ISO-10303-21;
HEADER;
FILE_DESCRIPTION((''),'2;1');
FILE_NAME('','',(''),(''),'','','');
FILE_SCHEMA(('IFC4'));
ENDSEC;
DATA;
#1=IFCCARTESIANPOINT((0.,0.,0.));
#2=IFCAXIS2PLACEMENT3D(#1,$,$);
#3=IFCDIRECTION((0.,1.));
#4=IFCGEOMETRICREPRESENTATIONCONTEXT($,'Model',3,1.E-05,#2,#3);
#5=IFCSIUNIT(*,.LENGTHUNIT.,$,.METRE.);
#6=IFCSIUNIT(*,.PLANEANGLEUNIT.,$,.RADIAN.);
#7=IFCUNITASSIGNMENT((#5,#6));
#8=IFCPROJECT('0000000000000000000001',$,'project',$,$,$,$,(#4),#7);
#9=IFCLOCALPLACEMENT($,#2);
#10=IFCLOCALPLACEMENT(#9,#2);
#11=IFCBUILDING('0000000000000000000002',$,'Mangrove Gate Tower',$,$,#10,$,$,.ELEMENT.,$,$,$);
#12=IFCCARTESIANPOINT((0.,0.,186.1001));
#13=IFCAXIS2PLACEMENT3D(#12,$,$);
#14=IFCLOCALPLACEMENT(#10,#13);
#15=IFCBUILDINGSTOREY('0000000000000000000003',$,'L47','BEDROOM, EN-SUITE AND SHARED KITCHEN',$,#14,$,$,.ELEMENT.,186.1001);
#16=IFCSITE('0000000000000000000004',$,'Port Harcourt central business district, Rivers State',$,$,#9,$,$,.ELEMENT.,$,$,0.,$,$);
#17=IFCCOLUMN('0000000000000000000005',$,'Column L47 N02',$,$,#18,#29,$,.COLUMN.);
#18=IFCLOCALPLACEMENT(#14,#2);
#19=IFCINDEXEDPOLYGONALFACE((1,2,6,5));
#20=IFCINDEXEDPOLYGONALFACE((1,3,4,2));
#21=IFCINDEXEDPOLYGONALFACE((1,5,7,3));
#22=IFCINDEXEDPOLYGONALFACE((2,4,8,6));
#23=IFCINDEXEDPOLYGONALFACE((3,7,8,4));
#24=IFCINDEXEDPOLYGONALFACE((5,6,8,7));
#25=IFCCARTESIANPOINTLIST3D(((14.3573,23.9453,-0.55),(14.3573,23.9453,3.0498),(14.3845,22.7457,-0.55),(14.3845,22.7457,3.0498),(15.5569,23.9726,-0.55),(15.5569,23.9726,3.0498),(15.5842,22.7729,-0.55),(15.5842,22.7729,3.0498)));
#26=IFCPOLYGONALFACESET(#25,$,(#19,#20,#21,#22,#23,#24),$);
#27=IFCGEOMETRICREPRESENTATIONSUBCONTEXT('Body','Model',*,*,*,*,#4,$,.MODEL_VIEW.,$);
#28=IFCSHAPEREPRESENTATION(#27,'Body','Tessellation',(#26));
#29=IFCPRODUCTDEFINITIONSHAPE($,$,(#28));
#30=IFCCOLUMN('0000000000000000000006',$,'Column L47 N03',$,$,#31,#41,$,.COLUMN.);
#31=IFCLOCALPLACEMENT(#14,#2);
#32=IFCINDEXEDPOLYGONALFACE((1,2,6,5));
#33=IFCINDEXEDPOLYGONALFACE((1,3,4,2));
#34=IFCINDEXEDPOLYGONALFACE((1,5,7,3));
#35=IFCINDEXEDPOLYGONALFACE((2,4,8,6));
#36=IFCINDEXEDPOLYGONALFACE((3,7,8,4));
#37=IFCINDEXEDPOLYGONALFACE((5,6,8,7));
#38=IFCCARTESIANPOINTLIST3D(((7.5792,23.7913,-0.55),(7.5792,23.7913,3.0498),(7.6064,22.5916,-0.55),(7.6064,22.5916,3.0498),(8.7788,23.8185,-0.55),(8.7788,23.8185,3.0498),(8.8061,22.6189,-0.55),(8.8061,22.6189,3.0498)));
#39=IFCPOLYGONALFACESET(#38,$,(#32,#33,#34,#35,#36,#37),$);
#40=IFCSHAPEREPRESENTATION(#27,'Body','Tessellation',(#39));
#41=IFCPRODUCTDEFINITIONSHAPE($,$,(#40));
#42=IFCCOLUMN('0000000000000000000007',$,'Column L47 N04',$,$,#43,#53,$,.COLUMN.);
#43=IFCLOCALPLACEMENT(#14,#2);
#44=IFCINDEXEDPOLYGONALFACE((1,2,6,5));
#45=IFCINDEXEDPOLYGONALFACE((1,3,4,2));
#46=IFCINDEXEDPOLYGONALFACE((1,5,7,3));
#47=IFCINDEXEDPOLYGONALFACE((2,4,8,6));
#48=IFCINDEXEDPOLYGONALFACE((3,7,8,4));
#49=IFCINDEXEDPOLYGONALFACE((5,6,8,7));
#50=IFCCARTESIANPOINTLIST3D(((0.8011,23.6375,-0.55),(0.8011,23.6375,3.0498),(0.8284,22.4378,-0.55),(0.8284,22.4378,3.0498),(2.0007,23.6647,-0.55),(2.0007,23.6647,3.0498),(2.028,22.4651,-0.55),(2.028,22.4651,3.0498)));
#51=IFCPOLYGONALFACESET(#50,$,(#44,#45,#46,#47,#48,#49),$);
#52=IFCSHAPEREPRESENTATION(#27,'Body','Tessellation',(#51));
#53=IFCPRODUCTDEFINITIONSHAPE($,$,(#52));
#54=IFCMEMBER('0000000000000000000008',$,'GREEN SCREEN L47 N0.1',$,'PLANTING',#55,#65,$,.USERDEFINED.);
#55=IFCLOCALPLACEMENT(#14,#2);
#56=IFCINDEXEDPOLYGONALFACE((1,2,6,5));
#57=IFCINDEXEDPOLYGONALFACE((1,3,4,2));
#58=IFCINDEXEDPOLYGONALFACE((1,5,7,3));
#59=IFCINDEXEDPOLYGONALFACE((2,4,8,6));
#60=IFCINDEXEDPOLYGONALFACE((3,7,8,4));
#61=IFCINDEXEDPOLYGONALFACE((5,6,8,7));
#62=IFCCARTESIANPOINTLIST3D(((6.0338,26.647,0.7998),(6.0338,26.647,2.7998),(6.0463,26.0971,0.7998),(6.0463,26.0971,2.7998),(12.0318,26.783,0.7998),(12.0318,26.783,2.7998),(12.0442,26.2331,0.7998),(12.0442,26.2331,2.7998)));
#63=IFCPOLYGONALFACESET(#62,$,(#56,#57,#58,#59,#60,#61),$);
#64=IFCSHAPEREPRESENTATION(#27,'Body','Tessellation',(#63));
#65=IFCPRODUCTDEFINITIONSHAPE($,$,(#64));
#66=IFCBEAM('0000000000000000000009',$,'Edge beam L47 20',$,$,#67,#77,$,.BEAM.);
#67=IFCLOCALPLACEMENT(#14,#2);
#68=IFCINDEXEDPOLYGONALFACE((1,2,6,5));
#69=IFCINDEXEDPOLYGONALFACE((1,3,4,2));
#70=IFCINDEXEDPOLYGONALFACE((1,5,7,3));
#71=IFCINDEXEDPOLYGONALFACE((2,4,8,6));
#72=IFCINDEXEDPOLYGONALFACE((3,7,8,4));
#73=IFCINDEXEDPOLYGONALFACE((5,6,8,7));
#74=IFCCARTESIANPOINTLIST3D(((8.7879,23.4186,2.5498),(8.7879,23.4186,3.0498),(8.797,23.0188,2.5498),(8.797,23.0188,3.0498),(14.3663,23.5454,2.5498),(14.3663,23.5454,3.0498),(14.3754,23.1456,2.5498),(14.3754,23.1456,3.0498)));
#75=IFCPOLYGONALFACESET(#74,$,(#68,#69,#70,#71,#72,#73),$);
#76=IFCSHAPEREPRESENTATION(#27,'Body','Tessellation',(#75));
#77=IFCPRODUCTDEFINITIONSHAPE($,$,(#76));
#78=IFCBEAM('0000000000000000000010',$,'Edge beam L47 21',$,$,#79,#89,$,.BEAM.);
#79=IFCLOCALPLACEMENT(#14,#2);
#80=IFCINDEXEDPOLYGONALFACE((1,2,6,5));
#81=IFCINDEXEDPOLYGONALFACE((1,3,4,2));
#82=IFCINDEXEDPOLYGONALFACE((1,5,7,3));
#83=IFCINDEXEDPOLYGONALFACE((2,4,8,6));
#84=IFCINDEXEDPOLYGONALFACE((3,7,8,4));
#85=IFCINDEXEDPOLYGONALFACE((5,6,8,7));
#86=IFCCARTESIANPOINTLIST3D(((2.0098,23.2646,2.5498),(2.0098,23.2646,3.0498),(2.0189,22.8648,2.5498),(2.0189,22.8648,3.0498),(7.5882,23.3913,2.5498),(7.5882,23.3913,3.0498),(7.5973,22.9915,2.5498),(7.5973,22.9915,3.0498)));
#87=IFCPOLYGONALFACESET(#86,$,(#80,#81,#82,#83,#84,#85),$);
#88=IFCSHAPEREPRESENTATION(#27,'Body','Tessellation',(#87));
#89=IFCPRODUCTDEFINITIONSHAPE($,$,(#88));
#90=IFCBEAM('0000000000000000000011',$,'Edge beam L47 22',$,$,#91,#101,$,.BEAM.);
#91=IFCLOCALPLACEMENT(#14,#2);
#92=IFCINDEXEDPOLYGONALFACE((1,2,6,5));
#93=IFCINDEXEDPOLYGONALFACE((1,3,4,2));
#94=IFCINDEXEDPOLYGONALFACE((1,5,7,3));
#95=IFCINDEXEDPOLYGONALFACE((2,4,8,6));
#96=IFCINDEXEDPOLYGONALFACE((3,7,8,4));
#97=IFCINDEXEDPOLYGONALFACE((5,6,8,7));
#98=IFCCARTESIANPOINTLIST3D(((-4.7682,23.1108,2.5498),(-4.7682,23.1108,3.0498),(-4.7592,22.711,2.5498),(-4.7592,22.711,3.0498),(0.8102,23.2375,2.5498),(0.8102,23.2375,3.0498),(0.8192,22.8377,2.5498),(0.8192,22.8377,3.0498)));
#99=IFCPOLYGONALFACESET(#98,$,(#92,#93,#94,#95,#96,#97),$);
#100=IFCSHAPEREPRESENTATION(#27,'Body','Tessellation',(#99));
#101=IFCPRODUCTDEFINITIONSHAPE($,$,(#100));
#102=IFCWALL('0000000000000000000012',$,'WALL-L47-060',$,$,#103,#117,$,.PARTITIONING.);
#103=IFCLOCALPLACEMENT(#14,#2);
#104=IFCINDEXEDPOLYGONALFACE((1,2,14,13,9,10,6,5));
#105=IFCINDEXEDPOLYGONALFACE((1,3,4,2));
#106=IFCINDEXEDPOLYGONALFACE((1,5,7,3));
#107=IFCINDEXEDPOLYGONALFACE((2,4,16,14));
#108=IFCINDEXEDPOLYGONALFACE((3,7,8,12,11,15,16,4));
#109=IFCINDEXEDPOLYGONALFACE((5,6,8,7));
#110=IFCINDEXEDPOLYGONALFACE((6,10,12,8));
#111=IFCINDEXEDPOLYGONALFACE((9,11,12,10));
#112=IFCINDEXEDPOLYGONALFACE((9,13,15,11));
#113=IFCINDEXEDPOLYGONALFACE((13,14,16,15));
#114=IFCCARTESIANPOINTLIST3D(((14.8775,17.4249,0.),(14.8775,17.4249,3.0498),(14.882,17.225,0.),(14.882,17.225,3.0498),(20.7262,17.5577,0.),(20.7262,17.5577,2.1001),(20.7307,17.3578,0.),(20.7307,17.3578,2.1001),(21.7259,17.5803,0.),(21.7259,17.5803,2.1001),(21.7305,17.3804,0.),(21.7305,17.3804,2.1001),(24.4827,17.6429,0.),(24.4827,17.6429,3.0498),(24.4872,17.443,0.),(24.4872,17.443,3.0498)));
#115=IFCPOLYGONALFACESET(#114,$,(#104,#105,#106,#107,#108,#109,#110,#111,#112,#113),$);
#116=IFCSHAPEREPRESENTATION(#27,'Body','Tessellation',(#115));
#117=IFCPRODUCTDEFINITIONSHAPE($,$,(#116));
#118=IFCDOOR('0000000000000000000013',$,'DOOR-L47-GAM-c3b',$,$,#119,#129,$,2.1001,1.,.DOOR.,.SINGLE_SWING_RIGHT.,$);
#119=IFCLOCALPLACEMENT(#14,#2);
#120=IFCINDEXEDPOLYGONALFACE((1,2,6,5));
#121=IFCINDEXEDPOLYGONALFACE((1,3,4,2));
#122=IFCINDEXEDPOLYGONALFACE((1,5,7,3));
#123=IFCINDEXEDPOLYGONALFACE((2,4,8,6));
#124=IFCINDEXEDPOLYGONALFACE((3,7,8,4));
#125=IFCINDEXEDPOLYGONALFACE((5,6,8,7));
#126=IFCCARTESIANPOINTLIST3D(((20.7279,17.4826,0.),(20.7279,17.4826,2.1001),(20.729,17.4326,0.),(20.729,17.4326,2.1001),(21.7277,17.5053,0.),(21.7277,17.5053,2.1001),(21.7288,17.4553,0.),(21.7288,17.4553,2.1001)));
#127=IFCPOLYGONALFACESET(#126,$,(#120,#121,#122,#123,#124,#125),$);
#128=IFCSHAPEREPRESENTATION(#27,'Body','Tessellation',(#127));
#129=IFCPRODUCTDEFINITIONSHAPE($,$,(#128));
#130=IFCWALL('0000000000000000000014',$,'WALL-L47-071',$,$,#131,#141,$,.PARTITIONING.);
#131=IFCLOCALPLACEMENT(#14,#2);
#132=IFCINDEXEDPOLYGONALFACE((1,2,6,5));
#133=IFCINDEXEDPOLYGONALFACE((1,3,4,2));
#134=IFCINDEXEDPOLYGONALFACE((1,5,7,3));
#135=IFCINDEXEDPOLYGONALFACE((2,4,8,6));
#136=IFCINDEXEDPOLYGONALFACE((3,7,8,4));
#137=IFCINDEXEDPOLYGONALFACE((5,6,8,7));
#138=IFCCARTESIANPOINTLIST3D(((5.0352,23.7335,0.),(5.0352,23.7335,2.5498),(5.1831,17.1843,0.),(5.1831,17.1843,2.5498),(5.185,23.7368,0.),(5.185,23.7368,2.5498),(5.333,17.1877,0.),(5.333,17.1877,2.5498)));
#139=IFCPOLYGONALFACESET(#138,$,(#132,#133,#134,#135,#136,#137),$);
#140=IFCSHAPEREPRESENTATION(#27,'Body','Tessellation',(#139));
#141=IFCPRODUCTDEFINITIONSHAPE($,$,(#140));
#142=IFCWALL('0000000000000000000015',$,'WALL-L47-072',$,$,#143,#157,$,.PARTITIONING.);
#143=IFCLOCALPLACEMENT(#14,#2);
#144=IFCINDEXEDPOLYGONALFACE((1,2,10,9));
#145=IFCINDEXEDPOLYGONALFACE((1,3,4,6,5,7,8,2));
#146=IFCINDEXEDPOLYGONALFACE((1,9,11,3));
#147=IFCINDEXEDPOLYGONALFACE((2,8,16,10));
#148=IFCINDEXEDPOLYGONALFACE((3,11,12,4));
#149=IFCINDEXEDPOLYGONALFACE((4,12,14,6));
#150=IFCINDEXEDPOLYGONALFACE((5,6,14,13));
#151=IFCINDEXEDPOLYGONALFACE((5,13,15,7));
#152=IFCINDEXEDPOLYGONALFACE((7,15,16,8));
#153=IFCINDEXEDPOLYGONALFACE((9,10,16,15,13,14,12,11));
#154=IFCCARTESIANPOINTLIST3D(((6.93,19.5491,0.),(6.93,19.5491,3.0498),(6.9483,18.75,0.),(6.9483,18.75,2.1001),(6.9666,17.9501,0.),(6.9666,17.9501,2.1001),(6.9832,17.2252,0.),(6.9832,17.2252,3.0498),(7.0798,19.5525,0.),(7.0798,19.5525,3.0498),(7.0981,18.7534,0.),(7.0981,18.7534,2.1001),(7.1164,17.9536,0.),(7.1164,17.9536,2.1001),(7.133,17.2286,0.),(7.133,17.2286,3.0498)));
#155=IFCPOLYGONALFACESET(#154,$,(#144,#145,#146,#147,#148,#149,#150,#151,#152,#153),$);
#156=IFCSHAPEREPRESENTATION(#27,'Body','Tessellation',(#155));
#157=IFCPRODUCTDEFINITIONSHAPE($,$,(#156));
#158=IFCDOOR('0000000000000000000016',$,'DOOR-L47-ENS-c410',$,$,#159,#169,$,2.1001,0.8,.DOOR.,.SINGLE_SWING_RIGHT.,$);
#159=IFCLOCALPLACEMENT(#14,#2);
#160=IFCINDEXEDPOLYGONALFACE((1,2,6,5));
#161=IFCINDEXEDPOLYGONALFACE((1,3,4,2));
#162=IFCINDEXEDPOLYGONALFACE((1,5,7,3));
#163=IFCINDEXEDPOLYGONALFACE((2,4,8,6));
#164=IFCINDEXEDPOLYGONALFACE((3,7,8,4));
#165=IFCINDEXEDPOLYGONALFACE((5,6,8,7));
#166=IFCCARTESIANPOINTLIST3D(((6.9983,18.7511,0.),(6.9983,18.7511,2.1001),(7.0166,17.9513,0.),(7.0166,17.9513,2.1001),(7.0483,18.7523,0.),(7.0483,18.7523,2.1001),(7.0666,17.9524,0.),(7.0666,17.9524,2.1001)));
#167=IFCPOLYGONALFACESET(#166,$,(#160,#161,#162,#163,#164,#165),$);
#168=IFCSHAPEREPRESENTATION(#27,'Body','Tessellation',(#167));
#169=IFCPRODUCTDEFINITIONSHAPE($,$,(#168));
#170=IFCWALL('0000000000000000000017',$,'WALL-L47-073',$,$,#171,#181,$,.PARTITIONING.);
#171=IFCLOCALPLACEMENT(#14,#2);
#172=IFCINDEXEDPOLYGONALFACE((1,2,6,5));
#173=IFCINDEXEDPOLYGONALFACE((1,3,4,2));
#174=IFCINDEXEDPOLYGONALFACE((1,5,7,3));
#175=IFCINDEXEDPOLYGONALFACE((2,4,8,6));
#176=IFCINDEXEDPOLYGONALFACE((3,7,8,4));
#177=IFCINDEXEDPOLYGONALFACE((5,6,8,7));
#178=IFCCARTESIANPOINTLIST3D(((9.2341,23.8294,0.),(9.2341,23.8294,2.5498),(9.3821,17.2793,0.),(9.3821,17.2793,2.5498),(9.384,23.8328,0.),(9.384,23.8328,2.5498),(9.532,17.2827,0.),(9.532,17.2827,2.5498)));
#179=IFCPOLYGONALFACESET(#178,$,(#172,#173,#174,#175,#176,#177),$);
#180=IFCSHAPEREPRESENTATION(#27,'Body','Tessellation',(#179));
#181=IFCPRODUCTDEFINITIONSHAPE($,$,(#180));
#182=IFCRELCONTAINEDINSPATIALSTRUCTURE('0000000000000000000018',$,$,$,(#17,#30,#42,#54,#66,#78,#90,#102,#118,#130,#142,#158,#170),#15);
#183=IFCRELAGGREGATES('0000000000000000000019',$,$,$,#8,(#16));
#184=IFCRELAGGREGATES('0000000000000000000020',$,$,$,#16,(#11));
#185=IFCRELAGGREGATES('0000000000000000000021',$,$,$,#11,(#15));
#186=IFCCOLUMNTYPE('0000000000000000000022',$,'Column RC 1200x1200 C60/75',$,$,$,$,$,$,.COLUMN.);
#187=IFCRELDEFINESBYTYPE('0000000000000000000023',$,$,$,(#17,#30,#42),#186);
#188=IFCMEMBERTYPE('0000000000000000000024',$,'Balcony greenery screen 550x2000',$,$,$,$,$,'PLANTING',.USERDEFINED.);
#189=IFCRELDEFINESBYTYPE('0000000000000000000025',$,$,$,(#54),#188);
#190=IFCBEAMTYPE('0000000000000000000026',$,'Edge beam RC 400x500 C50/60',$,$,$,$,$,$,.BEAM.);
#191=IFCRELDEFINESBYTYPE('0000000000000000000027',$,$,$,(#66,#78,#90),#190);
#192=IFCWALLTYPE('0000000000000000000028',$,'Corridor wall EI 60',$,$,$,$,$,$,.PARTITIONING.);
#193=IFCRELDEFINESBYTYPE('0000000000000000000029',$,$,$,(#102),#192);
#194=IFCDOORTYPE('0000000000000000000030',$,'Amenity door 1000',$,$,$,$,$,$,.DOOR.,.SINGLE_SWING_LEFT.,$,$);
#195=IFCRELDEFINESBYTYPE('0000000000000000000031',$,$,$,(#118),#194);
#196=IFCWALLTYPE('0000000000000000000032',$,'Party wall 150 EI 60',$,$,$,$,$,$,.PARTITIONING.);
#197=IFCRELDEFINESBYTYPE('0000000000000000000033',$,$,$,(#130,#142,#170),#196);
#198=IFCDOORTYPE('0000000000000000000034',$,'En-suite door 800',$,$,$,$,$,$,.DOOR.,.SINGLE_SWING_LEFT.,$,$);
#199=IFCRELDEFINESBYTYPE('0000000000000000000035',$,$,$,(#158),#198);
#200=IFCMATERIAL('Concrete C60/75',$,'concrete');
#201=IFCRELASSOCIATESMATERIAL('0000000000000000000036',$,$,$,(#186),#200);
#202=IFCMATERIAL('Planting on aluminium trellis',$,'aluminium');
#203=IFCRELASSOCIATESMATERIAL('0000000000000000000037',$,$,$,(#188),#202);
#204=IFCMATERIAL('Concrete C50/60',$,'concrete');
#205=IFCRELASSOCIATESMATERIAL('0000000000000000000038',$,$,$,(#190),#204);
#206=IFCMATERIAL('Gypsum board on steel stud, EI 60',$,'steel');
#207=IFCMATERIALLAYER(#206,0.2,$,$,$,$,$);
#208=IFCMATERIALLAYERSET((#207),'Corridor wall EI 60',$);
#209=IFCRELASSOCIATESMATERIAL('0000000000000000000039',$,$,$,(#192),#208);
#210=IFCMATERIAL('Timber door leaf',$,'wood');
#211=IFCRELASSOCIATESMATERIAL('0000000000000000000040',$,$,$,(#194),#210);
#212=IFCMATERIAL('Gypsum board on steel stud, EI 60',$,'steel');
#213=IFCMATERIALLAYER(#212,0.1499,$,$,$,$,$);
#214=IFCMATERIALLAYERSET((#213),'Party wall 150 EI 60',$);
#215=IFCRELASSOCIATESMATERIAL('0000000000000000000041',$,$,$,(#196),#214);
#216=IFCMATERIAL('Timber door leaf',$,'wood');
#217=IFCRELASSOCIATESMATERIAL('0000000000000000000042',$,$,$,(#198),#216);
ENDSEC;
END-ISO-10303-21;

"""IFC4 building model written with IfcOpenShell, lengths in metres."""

from ifc_helpers import new_model, si_unit, direction, frame, frame_2d, origin, origin_2d, place, context, subcontext, project, spatial, rectangle, extrude, material, layer, layer_set, material_profile, profile_set, type_object, element, fill, save


model = new_model("IFC4")

# Units and contexts
model_context = context("Model", 3, precision=1e-05, world=origin(), true_north=direction((0.0, 1.0)))
body_context = subcontext(model_context, "Body", "Model", "MODEL_VIEW")
ifc_project = project(units=[si_unit("LENGTHUNIT", "METRE"), si_unit("PLANEANGLEUNIT", "RADIAN")], contexts=[model_context])

# Site, building, storey
site_placement = place(None, origin())
site = spatial("IfcSite", under=ifc_project, at=site_placement, Name="Port Harcourt central business district, Rivers State", CompositionType="ELEMENT", RefElevation=0.0)
building_placement = place(site_placement, origin())
building = spatial("IfcBuilding", under=site, at=building_placement, Name="Mangrove Gate Tower", CompositionType="ELEMENT")
storey_placement = place(building_placement, frame((0.0, 0.0, 186.1001)))
storey = spatial("IfcBuildingStorey", under=building, at=storey_placement, Name="L47", Description="BEDROOM, EN-SUITE AND SHARED KITCHEN", CompositionType="ELEMENT", Elevation=186.1001)

# Columns
ifc_material_1 = material(Name="Concrete C60/75", Category="concrete")
ifc_material_profile_1 = material_profile(ifc_material_1, rectangle(XDim=1.2, YDim=1.2, at=origin_2d()))
ifc_profile_set_1 = profile_set([ifc_material_profile_1], Name="Concrete C60/75")
column_type = type_object("IfcColumnType", Name="Column RC 1200x1200 C60/75", PredefinedType="COLUMN", material=ifc_profile_set_1)
for number, where, z_axis, x_axis, name in (
    (1, (14.9707, 23.3591, -0.55), (0.0, 0.0, 1.0), (-0.999742, -0.022713, 0.0), "Column L47 N02"),
    (2, (8.1926, 23.2051, -0.55), (0.0, 0.0, 1.0), (-0.999742, -0.022715, 0.0), "Column L47 N03"),
    (3, (1.4146, 23.0513, -0.55), (0.0, 0.0, 1.0), (-0.999742, -0.022715, 0.0), "Column L47 N04"),
):
    element("IfcColumn", number, at=place(storey_placement, frame(where, z_axis=z_axis, x_axis=x_axis)), inside=storey, type_object=column_type, Name=name, PredefinedType="COLUMN", context=body_context, shape_type="SweptSolid", body=[
        extrude(rectangle(XDim=1.2, YDim=1.2, at=origin_2d()), origin(), (0.0, 0.0, 1.0), 3.5999),
    ])

# Member
ifc_material_2 = material(Name="Planting on aluminium trellis", Category="aluminium")
ifc_material_profile_2 = material_profile(ifc_material_2, rectangle(XDim=0.55, YDim=2.0, at=origin_2d()))
ifc_profile_set_2 = profile_set([ifc_material_profile_2], Name="Planting on aluminium trellis")
member_type = type_object("IfcMemberType", Name="Balcony greenery screen 550x2000", ElementType="PLANTING", PredefinedType="USERDEFINED", material=ifc_profile_set_2)
member_placement = place(storey_placement, frame((6.04, 26.3721, 1.7998), z_axis=(0.999743, 0.022666, 0.0), x_axis=(-0.022666, 0.999743, 0.0)))
element("IfcMember", 4, at=member_placement, inside=storey, type_object=member_type, Name="GREEN SCREEN L47 N0.1", ObjectType="PLANTING", PredefinedType="USERDEFINED", context=body_context, shape_type="SweptSolid", body=[
    extrude(rectangle(XDim=0.55, YDim=2.0, at=origin_2d()), origin(), (0.0, 0.0, 1.0), 5.9995),
])

# Beams
ifc_material_3 = material(Name="Concrete C50/60", Category="concrete")
ifc_material_profile_3 = material_profile(ifc_material_3, rectangle(XDim=0.3999, YDim=0.5, at=origin_2d()))
ifc_profile_set_3 = profile_set([ifc_material_profile_3], Name="Concrete C50/60")
beam_type = type_object("IfcBeamType", Name="Edge beam RC 400x500 C50/60", PredefinedType="BEAM", material=ifc_profile_set_3)
for number, where, z_axis, x_axis, name in (
    (5, (14.3708, 23.3455, 2.7998), (-0.999742, -0.022708, 0.0), (0.022708, -0.999742, 0.0), "Edge beam L47 20"),
    (6, (7.5928, 23.1914, 2.7998), (-0.999742, -0.022708, 0.0), (0.022708, -0.999742, 0.0), "Edge beam L47 21"),
    (7, (0.8147, 23.0376, 2.7998), (-0.999742, -0.022708, 0.0), (0.022708, -0.999742, 0.0), "Edge beam L47 22"),
):
    element("IfcBeam", number, at=place(storey_placement, frame(where, z_axis=z_axis, x_axis=x_axis)), inside=storey, type_object=beam_type, Name=name, PredefinedType="BEAM", context=body_context, shape_type="SweptSolid", body=[
        extrude(rectangle(XDim=0.3999, YDim=0.5, at=origin_2d()), origin(), (0.0, 0.0, 1.0), 5.5798),
    ])

# Wall, opening, door
ifc_material_4 = material(Name="Gypsum board on steel stud, EI 60", Category="steel")
ifc_layer_1 = layer(ifc_material_4, 0.2)
ifc_layer_set_1 = layer_set([ifc_layer_1], Name="Corridor wall EI 60")
wall_type_1 = type_object("IfcWallType", Name="Corridor wall EI 60", PredefinedType="PARTITIONING", material=ifc_layer_set_1)
wall_1_placement = place(storey_placement, frame((14.8799, 17.325, 0.0), z_axis=(0.0, 0.0, 1.0), x_axis=(0.999743, 0.022692, 0.0)))
wall_1 = element("IfcWall", 8, at=wall_1_placement, inside=storey, type_object=wall_type_1, Name="WALL-L47-060", PredefinedType="PARTITIONING", context=body_context, shape_type="SweptSolid", body=[
    extrude(rectangle(XDim=9.6077, YDim=0.2, at=frame_2d((4.8037, 0.0))), origin(), (0.0, 0.0, 1.0), 3.0498),
])
opening_1_placement = place(wall_1_placement, frame((5.8501, 0.0, 0.0)))
opening_1 = element("IfcOpeningElement", 9, at=opening_1_placement, cuts=wall_1, PredefinedType="OPENING", context=body_context, shape_type="SweptSolid", body=[
    extrude(rectangle(XDim=1.0, YDim=2.1001, at=frame_2d((0.5, 1.05))), frame((0.0, 0.1099, 0.0), z_axis=(0.0, -1.0, 0.0), x_axis=(1.0, 0.0, 0.0)), (0.0, 0.0, 1.0), 0.22),
])
ifc_material_5 = material(Name="Timber door leaf", Category="wood")
door_type_1 = type_object("IfcDoorType", Name="Amenity door 1000", OperationType="SINGLE_SWING_LEFT", PredefinedType="DOOR", material=ifc_material_5)
door_1_placement = place(opening_1_placement, origin())
door_1 = element("IfcDoor", 10, at=door_1_placement, inside=storey, type_object=door_type_1, Name="DOOR-L47-GAM-c3b", OperationType="SINGLE_SWING_RIGHT", OverallHeight=2.1001, OverallWidth=1.0, PredefinedType="DOOR", context=body_context, shape_type="SweptSolid", body=[
    extrude(rectangle(XDim=1.0, YDim=2.1001, at=frame_2d((0.5, 1.05))), frame((0.0, 0.0249, 0.0), z_axis=(0.0, -1.0, 0.0), x_axis=(1.0, 0.0, 0.0)), (0.0, 0.0, 1.0), 0.05),
])
fill(opening_1, door_1)

# Wall
ifc_material_6 = material(Name="Gypsum board on steel stud, EI 60", Category="steel")
ifc_layer_2 = layer(ifc_material_6, 0.1499)
ifc_layer_set_2 = layer_set([ifc_layer_2], Name="Party wall 150 EI 60")
wall_type_2 = type_object("IfcWallType", Name="Party wall 150 EI 60", PredefinedType="PARTITIONING", material=ifc_layer_set_2)
wall_2_placement = place(storey_placement, frame((5.2581, 17.186, 0.0), z_axis=(0.0, 0.0, 1.0), x_axis=(-0.022585, 0.999745, 0.0)))
element("IfcWall", 11, at=wall_2_placement, inside=storey, type_object=wall_type_2, Name="WALL-L47-071", PredefinedType="PARTITIONING", context=body_context, shape_type="SweptSolid", body=[
    extrude(rectangle(XDim=6.5508, YDim=0.1499, at=frame_2d((3.2754, 0.0))), origin(), (0.0, 0.0, 1.0), 2.5498),
])

# Wall, opening, door
wall_3_placement = place(storey_placement, frame((7.0581, 17.2271, 0.0), z_axis=(0.0, 0.0, 1.0), x_axis=(-0.022896, 0.999738, 0.0)))
wall_3 = element("IfcWall", 12, at=wall_3_placement, inside=storey, type_object=wall_type_2, Name="WALL-L47-072", PredefinedType="PARTITIONING", context=body_context, shape_type="SweptSolid", body=[
    extrude(rectangle(XDim=2.3245, YDim=0.1499, at=frame_2d((1.1621, 0.0))), origin(), (0.0, 0.0, 1.0), 3.0498),
])
opening_2_placement = place(wall_3_placement, frame((0.7251, 0.0, 0.0)))
opening_2 = element("IfcOpeningElement", 13, at=opening_2_placement, cuts=wall_3, PredefinedType="OPENING", context=body_context, shape_type="SweptSolid", body=[
    extrude(rectangle(XDim=0.8, YDim=2.1001, at=frame_2d((0.3999, 1.05))), frame((0.0, 0.085, 0.0), z_axis=(0.0, -1.0, 0.0), x_axis=(1.0, 0.0, 0.0)), (0.0, 0.0, 1.0), 0.1699),
])
ifc_material_7 = material(Name="Timber door leaf", Category="wood")
door_type_2 = type_object("IfcDoorType", Name="En-suite door 800", OperationType="SINGLE_SWING_LEFT", PredefinedType="DOOR", material=ifc_material_7)
door_2_placement = place(opening_2_placement, origin())
door_2 = element("IfcDoor", 14, at=door_2_placement, inside=storey, type_object=door_type_2, Name="DOOR-L47-ENS-c410", OperationType="SINGLE_SWING_RIGHT", OverallHeight=2.1001, OverallWidth=0.8, PredefinedType="DOOR", context=body_context, shape_type="SweptSolid", body=[
    extrude(rectangle(XDim=0.8, YDim=2.1001, at=frame_2d((0.3999, 1.05))), frame((0.0, 0.0249, 0.0), z_axis=(0.0, -1.0, 0.0), x_axis=(1.0, 0.0, 0.0)), (0.0, 0.0, 1.0), 0.05),
])
fill(opening_2, door_2)

# Wall
wall_4_placement = place(storey_placement, frame((9.457, 17.281, 0.0), z_axis=(0.0, 0.0, 1.0), x_axis=(-0.022582, 0.999745, 0.0)))
element("IfcWall", 15, at=wall_4_placement, inside=storey, type_object=wall_type_2, Name="WALL-L47-073", PredefinedType="PARTITIONING", context=body_context, shape_type="SweptSolid", body=[
    extrude(rectangle(XDim=6.5518, YDim=0.1499, at=frame_2d((3.2759, 0.0))), origin(), (0.0, 0.0, 1.0), 2.5498),
])

save(model, "model.ifc")
